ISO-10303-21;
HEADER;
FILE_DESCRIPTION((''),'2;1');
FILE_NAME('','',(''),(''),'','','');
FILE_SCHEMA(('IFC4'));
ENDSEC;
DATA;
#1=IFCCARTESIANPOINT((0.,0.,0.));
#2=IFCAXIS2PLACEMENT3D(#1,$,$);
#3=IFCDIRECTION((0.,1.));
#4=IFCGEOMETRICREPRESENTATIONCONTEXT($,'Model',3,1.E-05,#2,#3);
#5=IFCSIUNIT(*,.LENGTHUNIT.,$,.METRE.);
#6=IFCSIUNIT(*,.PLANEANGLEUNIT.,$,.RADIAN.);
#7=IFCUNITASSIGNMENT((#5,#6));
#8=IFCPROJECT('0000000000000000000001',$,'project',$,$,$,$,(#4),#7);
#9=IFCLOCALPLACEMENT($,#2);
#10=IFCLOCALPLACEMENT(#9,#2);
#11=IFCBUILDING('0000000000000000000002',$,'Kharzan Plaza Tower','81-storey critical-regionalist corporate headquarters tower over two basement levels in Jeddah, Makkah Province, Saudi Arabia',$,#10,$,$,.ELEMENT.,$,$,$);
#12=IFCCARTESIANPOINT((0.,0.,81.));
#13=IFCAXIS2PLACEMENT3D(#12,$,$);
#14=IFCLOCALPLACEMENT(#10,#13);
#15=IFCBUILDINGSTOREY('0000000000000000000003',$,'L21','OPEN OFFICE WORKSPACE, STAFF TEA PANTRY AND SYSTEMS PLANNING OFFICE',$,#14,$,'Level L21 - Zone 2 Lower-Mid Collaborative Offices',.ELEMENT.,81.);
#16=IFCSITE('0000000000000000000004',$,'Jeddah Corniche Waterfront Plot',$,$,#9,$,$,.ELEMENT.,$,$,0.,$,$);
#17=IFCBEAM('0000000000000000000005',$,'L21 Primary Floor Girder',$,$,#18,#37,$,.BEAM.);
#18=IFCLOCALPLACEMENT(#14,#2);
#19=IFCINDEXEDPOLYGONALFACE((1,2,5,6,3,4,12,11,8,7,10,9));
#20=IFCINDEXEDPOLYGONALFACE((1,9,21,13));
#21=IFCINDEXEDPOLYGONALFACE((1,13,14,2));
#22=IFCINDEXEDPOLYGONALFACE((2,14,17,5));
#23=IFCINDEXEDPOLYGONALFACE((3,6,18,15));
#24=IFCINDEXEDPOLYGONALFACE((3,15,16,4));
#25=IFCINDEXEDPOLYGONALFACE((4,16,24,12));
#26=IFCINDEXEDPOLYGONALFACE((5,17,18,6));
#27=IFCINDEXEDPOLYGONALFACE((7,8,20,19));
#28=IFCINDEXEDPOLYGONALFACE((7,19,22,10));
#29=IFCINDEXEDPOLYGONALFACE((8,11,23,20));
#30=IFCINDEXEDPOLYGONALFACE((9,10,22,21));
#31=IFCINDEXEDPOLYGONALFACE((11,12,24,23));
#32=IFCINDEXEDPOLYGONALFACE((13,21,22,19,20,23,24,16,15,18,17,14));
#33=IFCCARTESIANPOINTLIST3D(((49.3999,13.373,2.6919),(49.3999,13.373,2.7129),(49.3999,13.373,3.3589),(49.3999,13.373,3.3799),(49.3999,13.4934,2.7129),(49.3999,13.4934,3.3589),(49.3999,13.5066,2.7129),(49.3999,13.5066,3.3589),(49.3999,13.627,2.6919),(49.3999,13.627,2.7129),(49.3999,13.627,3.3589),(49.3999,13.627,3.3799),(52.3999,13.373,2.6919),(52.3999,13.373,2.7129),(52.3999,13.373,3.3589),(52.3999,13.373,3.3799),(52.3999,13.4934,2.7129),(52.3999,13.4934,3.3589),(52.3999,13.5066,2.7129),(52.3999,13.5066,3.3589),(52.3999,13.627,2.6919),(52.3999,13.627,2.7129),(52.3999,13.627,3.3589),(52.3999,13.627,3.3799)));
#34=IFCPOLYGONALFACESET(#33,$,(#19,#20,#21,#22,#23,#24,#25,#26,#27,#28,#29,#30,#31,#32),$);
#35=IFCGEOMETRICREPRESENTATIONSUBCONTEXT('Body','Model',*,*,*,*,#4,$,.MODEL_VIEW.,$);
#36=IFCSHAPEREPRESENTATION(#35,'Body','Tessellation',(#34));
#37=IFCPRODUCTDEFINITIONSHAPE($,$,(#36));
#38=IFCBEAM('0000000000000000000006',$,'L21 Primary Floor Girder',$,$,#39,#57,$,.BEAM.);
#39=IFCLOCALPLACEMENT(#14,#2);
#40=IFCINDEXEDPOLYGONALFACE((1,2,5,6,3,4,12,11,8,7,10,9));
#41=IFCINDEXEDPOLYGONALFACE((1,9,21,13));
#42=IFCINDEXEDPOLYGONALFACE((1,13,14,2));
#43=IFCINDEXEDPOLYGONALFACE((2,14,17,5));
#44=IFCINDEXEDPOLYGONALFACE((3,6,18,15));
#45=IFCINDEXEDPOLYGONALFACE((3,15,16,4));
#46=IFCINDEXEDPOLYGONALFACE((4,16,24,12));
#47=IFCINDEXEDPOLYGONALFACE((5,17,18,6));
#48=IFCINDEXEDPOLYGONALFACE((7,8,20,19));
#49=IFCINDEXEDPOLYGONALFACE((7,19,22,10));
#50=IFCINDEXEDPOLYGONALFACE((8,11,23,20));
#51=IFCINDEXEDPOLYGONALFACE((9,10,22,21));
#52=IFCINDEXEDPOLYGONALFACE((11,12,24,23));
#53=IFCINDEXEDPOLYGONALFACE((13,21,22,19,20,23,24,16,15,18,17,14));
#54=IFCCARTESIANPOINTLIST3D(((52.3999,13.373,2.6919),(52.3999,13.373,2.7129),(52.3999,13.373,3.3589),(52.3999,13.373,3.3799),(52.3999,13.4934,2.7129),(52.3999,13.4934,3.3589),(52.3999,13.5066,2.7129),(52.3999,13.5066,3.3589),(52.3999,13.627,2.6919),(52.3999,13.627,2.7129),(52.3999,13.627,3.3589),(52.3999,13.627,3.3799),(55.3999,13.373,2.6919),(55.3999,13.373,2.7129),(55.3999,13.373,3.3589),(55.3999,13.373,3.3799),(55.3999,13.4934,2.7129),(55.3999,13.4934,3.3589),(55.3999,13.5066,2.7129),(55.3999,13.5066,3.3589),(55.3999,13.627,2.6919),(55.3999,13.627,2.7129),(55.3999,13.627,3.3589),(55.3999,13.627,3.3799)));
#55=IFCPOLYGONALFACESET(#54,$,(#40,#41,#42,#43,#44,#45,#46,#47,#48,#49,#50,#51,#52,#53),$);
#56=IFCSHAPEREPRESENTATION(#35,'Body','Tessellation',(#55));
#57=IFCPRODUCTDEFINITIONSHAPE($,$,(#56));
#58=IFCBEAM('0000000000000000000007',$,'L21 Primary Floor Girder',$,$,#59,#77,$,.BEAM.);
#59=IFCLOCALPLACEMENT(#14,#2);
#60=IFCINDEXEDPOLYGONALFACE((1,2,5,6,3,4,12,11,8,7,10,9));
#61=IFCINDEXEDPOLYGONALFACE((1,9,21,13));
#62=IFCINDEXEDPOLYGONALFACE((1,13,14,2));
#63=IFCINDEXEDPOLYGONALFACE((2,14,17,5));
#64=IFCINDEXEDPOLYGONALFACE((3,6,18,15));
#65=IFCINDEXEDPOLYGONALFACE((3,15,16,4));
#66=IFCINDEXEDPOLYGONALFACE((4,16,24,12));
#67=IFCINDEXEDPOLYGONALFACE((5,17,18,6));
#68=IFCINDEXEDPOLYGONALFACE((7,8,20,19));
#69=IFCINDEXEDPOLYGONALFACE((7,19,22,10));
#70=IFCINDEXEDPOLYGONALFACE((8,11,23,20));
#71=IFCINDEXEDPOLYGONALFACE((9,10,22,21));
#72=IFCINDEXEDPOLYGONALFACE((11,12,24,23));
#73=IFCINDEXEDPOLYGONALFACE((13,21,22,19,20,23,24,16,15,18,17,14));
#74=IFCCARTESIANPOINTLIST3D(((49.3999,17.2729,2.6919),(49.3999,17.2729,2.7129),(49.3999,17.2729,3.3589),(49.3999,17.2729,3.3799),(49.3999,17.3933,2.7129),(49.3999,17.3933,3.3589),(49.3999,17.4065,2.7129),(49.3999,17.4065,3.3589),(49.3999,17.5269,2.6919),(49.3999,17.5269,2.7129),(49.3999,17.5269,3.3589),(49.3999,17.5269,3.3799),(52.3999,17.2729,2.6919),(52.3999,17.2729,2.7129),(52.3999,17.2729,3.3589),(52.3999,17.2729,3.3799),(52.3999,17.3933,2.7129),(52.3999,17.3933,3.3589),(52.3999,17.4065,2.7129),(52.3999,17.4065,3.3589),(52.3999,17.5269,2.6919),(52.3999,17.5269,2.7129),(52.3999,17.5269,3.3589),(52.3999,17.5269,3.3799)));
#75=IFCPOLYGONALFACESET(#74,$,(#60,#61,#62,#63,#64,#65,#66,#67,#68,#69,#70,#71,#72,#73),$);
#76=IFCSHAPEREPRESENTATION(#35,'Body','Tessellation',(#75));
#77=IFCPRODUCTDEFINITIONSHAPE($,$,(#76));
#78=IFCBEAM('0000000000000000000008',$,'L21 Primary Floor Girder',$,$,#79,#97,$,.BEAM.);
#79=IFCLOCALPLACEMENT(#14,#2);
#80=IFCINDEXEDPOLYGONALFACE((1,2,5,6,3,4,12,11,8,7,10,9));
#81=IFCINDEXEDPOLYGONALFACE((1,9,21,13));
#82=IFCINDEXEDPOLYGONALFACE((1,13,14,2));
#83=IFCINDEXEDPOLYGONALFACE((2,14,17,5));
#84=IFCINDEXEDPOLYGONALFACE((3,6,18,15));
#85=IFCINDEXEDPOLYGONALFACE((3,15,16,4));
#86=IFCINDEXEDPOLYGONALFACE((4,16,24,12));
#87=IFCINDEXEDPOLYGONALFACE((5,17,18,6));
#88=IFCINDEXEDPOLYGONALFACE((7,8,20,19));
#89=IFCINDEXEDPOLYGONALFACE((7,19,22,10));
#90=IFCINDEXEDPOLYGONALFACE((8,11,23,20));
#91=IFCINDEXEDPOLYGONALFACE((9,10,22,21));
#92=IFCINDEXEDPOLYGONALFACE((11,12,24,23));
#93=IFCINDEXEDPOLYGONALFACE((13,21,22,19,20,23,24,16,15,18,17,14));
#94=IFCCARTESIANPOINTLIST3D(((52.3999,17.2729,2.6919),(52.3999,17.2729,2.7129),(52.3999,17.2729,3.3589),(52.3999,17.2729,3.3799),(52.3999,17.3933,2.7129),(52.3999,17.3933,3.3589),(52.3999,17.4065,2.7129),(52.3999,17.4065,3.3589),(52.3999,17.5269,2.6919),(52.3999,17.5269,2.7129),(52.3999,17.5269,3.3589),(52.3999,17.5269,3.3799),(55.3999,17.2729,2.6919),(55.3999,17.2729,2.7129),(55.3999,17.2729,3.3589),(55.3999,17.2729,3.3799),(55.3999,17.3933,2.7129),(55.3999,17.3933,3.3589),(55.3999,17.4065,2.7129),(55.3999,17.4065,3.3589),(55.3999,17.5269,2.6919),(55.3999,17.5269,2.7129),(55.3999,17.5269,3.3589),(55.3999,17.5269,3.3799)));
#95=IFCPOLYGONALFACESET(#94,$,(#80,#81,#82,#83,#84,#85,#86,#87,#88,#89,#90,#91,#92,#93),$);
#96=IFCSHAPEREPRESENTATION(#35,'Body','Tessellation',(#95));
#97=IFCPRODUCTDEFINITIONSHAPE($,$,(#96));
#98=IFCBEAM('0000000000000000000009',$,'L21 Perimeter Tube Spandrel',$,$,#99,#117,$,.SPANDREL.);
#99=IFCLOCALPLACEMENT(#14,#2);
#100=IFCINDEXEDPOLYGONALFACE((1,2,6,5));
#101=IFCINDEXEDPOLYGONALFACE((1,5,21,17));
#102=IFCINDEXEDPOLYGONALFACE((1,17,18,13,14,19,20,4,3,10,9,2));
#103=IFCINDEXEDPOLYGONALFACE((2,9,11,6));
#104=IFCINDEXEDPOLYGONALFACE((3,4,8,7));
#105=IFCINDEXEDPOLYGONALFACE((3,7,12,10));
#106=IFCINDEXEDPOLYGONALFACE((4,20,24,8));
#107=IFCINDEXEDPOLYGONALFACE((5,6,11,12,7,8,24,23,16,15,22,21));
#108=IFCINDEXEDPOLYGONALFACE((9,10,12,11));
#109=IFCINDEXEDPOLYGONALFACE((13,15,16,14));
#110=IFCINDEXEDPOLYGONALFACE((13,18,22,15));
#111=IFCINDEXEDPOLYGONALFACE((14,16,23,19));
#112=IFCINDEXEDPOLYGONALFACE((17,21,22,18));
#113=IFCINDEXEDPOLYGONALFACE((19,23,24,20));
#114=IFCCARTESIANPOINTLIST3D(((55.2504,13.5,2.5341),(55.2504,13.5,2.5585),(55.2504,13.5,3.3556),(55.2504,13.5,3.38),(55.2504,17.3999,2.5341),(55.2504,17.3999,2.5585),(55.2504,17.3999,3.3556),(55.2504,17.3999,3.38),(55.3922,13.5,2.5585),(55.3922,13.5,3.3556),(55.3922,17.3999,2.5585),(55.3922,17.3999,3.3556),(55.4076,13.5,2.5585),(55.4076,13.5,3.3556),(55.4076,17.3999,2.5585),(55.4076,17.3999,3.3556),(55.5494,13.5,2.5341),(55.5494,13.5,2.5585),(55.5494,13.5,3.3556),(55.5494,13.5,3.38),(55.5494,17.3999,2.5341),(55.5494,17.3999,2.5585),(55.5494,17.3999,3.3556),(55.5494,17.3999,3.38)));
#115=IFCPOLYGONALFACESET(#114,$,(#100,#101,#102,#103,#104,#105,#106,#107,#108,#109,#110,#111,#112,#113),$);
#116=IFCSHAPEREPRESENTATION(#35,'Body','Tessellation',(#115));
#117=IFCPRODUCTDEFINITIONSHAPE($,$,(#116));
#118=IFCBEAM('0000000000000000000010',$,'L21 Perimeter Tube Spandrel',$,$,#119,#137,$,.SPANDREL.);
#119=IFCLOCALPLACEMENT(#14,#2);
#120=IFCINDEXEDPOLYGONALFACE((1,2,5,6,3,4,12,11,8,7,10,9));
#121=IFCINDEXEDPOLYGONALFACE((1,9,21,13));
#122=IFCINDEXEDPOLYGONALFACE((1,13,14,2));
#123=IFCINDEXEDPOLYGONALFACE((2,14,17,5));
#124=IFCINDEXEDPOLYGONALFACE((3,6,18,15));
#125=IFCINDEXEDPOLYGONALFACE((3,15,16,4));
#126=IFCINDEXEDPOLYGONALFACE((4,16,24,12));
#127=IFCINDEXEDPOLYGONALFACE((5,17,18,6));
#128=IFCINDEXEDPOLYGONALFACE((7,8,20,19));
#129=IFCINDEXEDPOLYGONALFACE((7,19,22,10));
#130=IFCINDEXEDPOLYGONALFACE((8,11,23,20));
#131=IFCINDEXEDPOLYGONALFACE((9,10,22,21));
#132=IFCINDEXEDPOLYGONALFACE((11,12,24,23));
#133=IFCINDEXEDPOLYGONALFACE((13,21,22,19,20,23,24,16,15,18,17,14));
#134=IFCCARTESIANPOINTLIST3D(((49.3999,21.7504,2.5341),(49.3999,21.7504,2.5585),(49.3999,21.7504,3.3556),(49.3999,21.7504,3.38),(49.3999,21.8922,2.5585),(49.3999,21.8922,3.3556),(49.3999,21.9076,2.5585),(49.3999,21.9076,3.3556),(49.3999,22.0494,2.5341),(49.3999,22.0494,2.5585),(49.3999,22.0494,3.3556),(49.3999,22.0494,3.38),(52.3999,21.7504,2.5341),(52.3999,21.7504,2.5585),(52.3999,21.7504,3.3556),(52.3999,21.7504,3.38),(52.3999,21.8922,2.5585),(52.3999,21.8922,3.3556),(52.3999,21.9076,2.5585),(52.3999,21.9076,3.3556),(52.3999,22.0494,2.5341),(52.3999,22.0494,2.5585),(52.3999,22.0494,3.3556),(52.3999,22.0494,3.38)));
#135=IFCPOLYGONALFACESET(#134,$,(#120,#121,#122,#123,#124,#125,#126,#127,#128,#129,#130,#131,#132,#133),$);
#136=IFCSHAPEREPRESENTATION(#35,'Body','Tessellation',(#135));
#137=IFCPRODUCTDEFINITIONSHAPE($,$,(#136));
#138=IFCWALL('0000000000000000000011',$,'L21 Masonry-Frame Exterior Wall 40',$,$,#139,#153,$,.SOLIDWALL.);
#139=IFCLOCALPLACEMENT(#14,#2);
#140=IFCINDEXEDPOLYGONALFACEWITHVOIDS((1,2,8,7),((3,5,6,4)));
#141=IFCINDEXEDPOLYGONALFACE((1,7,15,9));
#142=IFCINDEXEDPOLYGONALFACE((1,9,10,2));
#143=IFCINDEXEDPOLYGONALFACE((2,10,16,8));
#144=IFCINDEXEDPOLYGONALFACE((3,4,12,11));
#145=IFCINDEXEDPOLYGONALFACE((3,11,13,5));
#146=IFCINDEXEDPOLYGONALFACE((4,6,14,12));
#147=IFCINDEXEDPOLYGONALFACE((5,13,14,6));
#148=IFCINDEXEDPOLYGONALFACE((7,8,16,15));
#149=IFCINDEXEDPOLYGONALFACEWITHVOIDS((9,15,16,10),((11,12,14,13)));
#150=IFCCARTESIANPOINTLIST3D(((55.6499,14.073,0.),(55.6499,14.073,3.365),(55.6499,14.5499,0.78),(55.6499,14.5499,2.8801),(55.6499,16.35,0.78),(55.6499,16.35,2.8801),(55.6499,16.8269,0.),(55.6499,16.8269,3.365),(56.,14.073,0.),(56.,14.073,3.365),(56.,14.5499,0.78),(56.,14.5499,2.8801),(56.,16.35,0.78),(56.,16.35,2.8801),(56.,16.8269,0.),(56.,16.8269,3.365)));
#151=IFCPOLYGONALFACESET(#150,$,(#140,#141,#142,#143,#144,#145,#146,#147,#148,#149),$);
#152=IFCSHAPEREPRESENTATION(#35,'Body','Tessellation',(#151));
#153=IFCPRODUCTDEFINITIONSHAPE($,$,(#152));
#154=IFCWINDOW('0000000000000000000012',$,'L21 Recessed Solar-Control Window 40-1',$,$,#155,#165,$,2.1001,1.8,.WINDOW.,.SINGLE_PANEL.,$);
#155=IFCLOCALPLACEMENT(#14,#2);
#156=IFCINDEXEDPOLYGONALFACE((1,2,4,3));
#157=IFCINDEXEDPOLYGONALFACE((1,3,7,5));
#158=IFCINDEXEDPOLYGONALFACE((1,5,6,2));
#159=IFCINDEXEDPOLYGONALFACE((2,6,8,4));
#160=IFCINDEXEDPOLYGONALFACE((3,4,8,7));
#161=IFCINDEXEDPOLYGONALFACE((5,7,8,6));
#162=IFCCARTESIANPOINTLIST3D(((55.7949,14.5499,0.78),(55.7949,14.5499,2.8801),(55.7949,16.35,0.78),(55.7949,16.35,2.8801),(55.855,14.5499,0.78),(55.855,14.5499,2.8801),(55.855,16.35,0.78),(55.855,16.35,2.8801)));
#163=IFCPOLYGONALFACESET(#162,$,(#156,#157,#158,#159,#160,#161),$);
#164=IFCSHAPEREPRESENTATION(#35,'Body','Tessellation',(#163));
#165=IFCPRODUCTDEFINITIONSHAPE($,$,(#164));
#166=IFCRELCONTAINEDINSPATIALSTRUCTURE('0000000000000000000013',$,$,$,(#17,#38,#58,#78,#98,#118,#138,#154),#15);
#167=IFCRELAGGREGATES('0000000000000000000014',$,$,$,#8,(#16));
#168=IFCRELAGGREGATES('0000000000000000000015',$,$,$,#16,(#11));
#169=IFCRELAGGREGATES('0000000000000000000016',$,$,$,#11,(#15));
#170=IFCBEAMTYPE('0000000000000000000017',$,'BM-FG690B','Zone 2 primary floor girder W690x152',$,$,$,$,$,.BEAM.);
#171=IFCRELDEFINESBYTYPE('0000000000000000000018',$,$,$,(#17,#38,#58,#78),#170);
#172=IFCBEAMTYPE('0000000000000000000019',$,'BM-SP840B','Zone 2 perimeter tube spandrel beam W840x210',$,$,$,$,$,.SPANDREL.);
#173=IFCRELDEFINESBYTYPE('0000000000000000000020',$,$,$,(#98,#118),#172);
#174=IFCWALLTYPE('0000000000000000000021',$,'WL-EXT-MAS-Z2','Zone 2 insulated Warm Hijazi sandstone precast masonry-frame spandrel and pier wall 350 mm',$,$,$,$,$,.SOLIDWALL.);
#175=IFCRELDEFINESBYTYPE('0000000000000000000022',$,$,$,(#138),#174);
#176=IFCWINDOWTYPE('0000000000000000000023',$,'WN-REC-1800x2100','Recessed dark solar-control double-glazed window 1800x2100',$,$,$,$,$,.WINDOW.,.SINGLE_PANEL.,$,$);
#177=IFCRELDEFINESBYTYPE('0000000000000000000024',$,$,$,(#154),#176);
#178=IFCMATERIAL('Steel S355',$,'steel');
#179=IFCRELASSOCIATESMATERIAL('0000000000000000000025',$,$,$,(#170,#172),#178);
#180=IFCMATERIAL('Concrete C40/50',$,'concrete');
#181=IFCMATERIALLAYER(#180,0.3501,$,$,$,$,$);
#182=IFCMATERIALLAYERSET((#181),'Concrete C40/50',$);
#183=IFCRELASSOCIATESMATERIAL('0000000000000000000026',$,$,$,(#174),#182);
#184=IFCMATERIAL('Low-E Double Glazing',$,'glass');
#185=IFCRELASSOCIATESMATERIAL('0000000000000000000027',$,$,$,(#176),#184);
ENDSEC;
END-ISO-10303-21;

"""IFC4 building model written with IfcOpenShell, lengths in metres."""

from ifc_helpers import new_model, si_unit, direction, frame, frame_2d, origin, origin_2d, place, context, subcontext, project, spatial, rectangle, i_section, extrude, source, transform, mapped, material, layer, layer_set, material_profile, profile_set, type_object, element, fill, save


model = new_model("IFC4")

# Units and contexts
model_context = context("Model", 3, precision=1e-05, world=origin(), true_north=direction((0.0, 1.0)))
body_context = subcontext(model_context, "Body", "Model", "MODEL_VIEW")
ifc_project = project(units=[si_unit("LENGTHUNIT", "METRE"), si_unit("PLANEANGLEUNIT", "RADIAN")], contexts=[model_context])

# Site, building, storey
site_placement = place(None, origin())
site = spatial("IfcSite", under=ifc_project, at=site_placement, Name="Jeddah Corniche Waterfront Plot", CompositionType="ELEMENT", RefElevation=0.0)
building_placement = place(site_placement, origin())
building = spatial("IfcBuilding", under=site, at=building_placement, Name="Kharzan Plaza Tower", Description="81-storey critical-regionalist corporate headquarters tower over two basement levels in Jeddah, Makkah Province, Saudi Arabia", CompositionType="ELEMENT")
storey_placement = place(building_placement, frame((0.0, 0.0, 81.0)))
storey = spatial("IfcBuildingStorey", under=building, at=storey_placement, Name="L21", Description="OPEN OFFICE WORKSPACE, STAFF TEA PANTRY AND SYSTEMS PLANNING OFFICE", LongName="Level L21 - Zone 2 Lower-Mid Collaborative Offices", CompositionType="ELEMENT", Elevation=81.0)

# Beams
ifc_material_1 = material(Name="Steel S355", Category="steel")
ifc_material_profile_1 = material_profile(ifc_material_1, i_section(OverallWidth=0.2539, OverallDepth=0.688, WebThickness=0.0132, FlangeThickness=0.021, at=origin_2d()), Name="W690x152")
ifc_profile_set_1 = profile_set([ifc_material_profile_1], Name="Steel S355")
beam_type_1 = type_object("IfcBeamType", Name="BM-FG690B", Description="Zone 2 primary floor girder W690x152", PredefinedType="BEAM", material=ifc_profile_set_1)
shared_shape_1 = source(origin(), body_context, "Body", "SweptSolid", [
    extrude(i_section(OverallWidth=0.2539, OverallDepth=0.688, WebThickness=0.0132, FlangeThickness=0.021, at=origin_2d()), origin(), (0.0, 0.0, 1.0), 3.0),
])
for number, where, z_axis, x_axis, name in (
    (1, (49.3999, 13.5, 3.0359), (1.0, 0.0, 0.0), (0.0, 1.0, 0.0), "L21 Primary Floor Girder"),
    (2, (52.3999, 13.5, 3.0359), (1.0, 0.0, 0.0), (0.0, 1.0, 0.0), "L21 Primary Floor Girder"),
    (3, (49.3999, 17.3999, 3.0359), (1.0, 0.0, 0.0), (0.0, 1.0, 0.0), "L21 Primary Floor Girder"),
    (4, (52.3999, 17.3999, 3.0359), (1.0, 0.0, 0.0), (0.0, 1.0, 0.0), "L21 Primary Floor Girder"),
):
    element("IfcBeam", number, at=place(storey_placement, frame(where, z_axis=z_axis, x_axis=x_axis)), inside=storey, type_object=beam_type_1, Name=name, PredefinedType="BEAM", context=body_context, shape_type="MappedRepresentation", body=[
        mapped(shared_shape_1, transform((0.0, 0.0, 0.0), x_axis=(1.0, 0.0, 0.0), y_axis=(0.0, 1.0, 0.0), z_axis=(0.0, 0.0, 1.0))),
    ])
ifc_material_profile_2 = material_profile(ifc_material_1, i_section(OverallWidth=0.2991, OverallDepth=0.8459, WebThickness=0.0154, FlangeThickness=0.0244, at=origin_2d()), Name="W840x210")
ifc_profile_set_2 = profile_set([ifc_material_profile_2], Name="Steel S355")
beam_type_2 = type_object("IfcBeamType", Name="BM-SP840B", Description="Zone 2 perimeter tube spandrel beam W840x210", PredefinedType="SPANDREL", material=ifc_profile_set_2)
shared_shape_2 = source(origin(), body_context, "Body", "SweptSolid", [
    extrude(i_section(OverallWidth=0.2991, OverallDepth=0.8459, WebThickness=0.0154, FlangeThickness=0.0244, at=origin_2d()), origin(), (0.0, 0.0, 1.0), 3.8999),
])
beam_1_placement = place(storey_placement, frame((55.3999, 13.5, 2.957), z_axis=(0.0, 1.0, 0.0), x_axis=(-1.0, 0.0, 0.0)))
element("IfcBeam", 5, at=beam_1_placement, inside=storey, type_object=beam_type_2, Name="L21 Perimeter Tube Spandrel", PredefinedType="SPANDREL", context=body_context, shape_type="MappedRepresentation", body=[
    mapped(shared_shape_2, transform((0.0, 0.0, 0.0), x_axis=(1.0, 0.0, 0.0), y_axis=(0.0, 1.0, 0.0), z_axis=(0.0, 0.0, 1.0))),
])
shared_shape_3 = source(origin(), body_context, "Body", "SweptSolid", [
    extrude(i_section(OverallWidth=0.2991, OverallDepth=0.8459, WebThickness=0.0154, FlangeThickness=0.0244, at=origin_2d()), origin(), (0.0, 0.0, 1.0), 3.0),
])
beam_2_placement = place(storey_placement, frame((49.3999, 21.8999, 2.957), z_axis=(1.0, 0.0, 0.0), x_axis=(0.0, 1.0, 0.0)))
element("IfcBeam", 6, at=beam_2_placement, inside=storey, type_object=beam_type_2, Name="L21 Perimeter Tube Spandrel", PredefinedType="SPANDREL", context=body_context, shape_type="MappedRepresentation", body=[
    mapped(shared_shape_3, transform((0.0, 0.0, 0.0), x_axis=(1.0, 0.0, 0.0), y_axis=(0.0, 1.0, 0.0), z_axis=(0.0, 0.0, 1.0))),
])

# Wall, opening, window
ifc_material_2 = material(Name="Concrete C40/50", Category="concrete")
ifc_layer = layer(ifc_material_2, 0.3501)
ifc_layer_set = layer_set([ifc_layer], Name="Concrete C40/50")
wall_type = type_object("IfcWallType", Name="WL-EXT-MAS-Z2", Description="Zone 2 insulated Warm Hijazi sandstone precast masonry-frame spandrel and pier wall 350 mm", PredefinedType="SOLIDWALL", material=ifc_layer_set)
wall_1_placement = place(storey_placement, frame((55.825, 14.073, 0.0), z_axis=(0.0, 0.0, 1.0), x_axis=(0.0, 1.0, 0.0)))
wall_1 = element("IfcWall", 7, at=wall_1_placement, inside=storey, type_object=wall_type, Name="L21 Masonry-Frame Exterior Wall 40", PredefinedType="SOLIDWALL", context=body_context, shape_type="SweptSolid", body=[
    extrude(rectangle(XDim=2.7539, YDim=0.3501, at=frame_2d((1.377, 0.0))), origin(), (0.0, 0.0, 1.0), 3.365),
])
opening_1_placement = place(wall_1_placement, frame((0.4771, 0.0, 0.78)))
opening_1 = element("IfcOpeningElement", 8, at=opening_1_placement, cuts=wall_1, PredefinedType="OPENING", context=body_context, shape_type="SweptSolid", body=[
    extrude(rectangle(XDim=1.8, YDim=2.1001, at=frame_2d((0.8999, 1.05))), frame((0.0, 0.1851, 0.0), z_axis=(0.0, -1.0, 0.0), x_axis=(1.0, 0.0, 0.0)), (0.0, 0.0, 1.0), 0.3701),
])
ifc_material_3 = material(Name="Low-E Double Glazing", Category="glass")
window_type_1 = type_object("IfcWindowType", Name="WN-REC-1800x2100", Description="Recessed dark solar-control double-glazed window 1800x2100", PartitioningType="SINGLE_PANEL", PredefinedType="WINDOW", material=ifc_material_3)
shared_shape_4 = source(origin(), body_context, "Body", "SweptSolid", [
    extrude(rectangle(XDim=1.8, YDim=2.1001, at=frame_2d((0.8999, 1.05))), frame((0.0, 0.03, 0.0), z_axis=(0.0, -1.0, 0.0), x_axis=(1.0, 0.0, 0.0)), (0.0, 0.0, 1.0), 0.0601),
])
window_1_placement = place(opening_1_placement, origin())
window_1 = element("IfcWindow", 9, at=window_1_placement, inside=storey, type_object=window_type_1, Name="L21 Recessed Solar-Control Window 40-1", OverallHeight=2.1001, OverallWidth=1.8, PartitioningType="SINGLE_PANEL", PredefinedType="WINDOW", context=body_context, shape_type="MappedRepresentation", body=[
    mapped(shared_shape_4, transform((0.0, 0.0, 0.0), x_axis=(1.0, 0.0, 0.0), y_axis=(0.0, 1.0, 0.0), z_axis=(0.0, 0.0, 1.0))),
])
fill(opening_1, window_1)

save(model, "model.ifc")
